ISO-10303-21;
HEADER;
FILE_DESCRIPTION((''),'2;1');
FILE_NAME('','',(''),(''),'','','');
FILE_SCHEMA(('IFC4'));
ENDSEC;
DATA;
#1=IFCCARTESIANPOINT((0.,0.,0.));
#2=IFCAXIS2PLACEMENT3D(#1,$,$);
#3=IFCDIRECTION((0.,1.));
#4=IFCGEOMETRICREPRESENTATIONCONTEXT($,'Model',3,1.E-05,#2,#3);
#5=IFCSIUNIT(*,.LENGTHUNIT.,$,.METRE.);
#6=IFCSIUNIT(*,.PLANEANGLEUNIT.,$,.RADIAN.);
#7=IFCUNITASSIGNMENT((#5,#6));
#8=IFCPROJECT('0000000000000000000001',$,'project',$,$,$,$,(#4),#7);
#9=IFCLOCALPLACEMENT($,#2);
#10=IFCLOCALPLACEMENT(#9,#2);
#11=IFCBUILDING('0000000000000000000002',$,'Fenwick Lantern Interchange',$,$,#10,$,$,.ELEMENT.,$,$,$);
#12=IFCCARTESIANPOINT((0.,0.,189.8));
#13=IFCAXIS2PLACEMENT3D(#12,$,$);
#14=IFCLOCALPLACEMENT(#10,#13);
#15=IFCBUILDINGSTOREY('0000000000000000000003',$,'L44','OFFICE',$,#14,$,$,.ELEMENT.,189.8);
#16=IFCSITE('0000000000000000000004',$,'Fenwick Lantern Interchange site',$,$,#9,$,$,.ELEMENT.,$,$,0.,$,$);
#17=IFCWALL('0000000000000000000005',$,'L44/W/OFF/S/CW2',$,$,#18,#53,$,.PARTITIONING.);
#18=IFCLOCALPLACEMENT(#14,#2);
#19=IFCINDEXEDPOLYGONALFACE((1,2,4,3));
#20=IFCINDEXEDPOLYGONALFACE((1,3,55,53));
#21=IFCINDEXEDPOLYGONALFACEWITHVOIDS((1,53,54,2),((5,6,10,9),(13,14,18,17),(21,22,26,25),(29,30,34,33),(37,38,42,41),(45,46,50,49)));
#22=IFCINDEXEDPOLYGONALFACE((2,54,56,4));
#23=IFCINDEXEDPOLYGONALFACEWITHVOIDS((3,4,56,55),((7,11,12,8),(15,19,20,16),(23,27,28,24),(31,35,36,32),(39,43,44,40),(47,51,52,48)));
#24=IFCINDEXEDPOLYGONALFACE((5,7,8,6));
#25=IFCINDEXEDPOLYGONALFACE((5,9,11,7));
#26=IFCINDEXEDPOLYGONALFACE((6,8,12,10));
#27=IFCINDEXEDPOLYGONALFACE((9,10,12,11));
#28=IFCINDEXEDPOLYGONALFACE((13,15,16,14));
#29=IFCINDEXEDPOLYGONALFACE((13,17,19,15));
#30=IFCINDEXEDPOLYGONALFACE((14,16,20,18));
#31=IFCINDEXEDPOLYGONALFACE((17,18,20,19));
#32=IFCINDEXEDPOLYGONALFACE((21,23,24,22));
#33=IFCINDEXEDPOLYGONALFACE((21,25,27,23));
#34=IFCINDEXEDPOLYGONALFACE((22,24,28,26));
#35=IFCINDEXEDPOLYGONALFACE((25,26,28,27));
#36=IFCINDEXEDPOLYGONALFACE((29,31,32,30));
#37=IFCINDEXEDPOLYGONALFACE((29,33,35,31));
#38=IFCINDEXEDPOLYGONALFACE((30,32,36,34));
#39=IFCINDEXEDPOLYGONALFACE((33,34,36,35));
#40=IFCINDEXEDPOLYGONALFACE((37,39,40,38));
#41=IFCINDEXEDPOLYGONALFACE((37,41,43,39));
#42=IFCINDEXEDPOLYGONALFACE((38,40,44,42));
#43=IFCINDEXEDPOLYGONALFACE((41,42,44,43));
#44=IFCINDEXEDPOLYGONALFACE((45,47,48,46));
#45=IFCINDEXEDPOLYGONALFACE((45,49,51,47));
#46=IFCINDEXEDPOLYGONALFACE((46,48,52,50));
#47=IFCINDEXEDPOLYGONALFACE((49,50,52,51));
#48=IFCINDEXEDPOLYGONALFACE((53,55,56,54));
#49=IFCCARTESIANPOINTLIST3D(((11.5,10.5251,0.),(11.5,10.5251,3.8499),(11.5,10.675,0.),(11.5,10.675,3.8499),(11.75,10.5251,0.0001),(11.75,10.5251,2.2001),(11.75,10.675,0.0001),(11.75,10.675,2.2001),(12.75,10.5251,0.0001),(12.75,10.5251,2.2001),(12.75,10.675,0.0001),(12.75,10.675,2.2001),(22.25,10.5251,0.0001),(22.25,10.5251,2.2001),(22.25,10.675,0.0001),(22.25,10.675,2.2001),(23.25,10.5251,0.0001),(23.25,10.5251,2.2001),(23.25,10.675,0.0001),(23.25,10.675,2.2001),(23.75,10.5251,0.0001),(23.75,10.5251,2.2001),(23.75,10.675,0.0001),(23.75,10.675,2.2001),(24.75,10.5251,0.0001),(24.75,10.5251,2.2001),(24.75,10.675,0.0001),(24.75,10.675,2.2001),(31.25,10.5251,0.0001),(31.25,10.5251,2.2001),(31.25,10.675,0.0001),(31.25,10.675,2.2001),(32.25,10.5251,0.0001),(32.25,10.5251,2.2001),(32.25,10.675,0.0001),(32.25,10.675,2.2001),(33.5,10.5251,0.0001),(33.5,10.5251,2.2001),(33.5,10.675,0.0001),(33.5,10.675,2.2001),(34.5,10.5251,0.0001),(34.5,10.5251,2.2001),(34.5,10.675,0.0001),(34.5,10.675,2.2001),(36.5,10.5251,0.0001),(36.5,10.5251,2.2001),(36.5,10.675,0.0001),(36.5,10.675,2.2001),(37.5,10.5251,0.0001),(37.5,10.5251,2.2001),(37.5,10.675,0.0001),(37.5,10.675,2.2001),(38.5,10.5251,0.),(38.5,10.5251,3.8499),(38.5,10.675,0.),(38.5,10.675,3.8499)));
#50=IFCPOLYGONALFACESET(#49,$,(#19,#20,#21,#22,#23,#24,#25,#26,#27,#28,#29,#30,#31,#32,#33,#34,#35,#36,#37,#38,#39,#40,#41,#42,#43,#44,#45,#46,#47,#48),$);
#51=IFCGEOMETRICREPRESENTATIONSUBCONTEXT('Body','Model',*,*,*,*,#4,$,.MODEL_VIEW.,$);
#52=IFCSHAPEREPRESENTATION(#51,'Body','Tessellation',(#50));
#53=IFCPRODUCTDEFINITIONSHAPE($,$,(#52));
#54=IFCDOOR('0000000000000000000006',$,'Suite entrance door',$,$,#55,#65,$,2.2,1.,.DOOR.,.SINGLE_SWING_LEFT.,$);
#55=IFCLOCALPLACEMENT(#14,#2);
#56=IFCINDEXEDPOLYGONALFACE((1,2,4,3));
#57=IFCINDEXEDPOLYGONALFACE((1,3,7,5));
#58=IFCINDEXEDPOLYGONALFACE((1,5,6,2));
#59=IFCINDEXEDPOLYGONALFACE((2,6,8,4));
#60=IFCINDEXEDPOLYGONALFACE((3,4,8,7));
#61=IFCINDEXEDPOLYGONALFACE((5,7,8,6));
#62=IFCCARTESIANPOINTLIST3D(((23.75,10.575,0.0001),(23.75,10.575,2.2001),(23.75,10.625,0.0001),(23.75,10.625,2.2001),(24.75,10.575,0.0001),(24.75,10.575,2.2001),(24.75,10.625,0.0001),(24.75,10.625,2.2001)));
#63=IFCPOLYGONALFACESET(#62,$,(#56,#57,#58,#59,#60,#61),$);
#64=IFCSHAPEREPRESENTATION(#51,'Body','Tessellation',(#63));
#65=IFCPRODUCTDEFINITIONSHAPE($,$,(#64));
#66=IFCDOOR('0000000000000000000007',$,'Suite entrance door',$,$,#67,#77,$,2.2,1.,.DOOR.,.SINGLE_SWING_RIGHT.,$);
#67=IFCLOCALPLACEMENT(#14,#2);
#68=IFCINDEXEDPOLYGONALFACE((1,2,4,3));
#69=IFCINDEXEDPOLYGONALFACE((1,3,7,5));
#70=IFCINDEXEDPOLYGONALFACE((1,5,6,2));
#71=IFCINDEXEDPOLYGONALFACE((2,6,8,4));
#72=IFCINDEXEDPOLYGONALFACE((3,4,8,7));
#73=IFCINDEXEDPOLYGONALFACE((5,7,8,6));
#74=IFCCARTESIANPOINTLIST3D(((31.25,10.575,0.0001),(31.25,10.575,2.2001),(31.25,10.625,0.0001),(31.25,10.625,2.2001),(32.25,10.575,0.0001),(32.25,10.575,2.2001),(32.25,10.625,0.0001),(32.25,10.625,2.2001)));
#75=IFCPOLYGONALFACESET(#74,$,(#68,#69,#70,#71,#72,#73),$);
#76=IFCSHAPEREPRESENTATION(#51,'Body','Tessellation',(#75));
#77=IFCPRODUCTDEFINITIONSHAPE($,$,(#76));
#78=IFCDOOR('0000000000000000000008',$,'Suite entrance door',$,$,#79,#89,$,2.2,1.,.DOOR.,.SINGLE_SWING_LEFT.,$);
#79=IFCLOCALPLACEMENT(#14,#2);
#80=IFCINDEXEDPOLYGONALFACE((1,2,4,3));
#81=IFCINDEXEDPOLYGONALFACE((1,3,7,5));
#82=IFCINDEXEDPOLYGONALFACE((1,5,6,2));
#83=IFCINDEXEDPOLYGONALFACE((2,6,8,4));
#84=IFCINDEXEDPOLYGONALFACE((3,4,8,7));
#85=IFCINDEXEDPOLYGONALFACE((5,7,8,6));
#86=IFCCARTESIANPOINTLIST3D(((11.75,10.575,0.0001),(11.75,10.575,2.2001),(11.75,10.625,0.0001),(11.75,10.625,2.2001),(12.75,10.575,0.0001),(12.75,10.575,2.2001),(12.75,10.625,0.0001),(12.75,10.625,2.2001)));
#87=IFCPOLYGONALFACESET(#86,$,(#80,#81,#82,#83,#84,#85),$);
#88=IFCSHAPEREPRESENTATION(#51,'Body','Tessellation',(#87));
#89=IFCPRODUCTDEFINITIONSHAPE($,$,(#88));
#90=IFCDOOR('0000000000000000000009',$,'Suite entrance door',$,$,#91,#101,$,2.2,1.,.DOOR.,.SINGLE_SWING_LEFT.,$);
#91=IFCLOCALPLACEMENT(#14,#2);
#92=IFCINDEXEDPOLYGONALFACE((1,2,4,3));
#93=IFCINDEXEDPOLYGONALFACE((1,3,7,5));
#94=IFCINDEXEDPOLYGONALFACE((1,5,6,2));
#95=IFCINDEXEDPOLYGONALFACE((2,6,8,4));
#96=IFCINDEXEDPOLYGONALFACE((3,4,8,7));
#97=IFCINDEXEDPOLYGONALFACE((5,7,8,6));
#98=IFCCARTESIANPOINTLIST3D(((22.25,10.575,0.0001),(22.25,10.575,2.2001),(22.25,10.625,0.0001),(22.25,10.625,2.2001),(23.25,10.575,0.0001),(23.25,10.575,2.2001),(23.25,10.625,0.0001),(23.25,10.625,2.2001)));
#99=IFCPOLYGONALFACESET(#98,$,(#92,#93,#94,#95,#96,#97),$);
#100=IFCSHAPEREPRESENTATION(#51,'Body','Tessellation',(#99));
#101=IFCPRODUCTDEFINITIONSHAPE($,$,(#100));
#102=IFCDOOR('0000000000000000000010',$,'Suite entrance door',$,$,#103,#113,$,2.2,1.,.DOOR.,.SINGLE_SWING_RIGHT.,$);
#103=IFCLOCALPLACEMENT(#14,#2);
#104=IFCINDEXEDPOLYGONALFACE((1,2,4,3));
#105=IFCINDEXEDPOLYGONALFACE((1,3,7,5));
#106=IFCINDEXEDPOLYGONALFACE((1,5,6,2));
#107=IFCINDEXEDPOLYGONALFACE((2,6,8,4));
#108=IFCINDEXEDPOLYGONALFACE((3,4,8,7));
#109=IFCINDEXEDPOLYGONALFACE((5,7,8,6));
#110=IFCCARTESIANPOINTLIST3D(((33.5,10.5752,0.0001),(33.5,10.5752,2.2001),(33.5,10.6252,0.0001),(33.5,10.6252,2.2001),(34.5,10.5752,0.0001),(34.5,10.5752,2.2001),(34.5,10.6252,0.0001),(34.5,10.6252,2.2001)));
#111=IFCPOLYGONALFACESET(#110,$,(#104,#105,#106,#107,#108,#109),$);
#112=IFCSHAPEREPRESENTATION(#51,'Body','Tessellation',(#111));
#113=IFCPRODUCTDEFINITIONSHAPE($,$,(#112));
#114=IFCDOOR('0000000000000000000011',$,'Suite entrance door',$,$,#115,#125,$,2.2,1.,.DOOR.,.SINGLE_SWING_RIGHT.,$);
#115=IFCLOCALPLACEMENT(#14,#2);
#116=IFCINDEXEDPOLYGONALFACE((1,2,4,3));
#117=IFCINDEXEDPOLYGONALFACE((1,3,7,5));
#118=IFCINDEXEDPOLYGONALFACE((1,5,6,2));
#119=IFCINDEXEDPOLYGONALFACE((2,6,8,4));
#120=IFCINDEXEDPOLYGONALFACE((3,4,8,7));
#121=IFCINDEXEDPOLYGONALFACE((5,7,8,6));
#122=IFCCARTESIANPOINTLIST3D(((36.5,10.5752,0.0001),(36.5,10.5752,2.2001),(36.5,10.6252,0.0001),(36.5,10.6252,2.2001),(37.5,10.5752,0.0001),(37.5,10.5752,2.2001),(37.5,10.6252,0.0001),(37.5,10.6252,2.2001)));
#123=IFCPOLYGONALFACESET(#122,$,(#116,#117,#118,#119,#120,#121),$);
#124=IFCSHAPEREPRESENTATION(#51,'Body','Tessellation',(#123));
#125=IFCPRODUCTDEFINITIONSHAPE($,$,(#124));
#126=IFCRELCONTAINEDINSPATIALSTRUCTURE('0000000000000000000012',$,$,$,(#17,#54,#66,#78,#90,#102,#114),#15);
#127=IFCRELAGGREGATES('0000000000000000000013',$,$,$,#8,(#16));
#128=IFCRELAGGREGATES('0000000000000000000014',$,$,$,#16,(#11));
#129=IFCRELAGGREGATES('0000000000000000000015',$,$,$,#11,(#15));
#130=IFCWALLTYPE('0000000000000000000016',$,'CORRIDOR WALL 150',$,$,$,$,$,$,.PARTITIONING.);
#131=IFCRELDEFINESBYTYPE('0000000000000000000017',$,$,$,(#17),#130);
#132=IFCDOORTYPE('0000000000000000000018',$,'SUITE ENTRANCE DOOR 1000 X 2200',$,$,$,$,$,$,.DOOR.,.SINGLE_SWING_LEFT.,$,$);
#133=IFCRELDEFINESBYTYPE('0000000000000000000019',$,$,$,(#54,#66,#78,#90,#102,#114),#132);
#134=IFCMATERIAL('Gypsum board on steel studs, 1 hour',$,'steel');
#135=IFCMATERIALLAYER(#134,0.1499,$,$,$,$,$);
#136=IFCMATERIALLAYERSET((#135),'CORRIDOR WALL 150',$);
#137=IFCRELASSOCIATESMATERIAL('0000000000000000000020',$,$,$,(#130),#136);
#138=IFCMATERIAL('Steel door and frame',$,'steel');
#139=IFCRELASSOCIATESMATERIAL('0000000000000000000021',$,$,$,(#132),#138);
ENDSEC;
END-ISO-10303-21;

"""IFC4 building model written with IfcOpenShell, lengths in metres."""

from ifc_helpers import new_model, si_unit, direction, frame, frame_2d, origin, place, context, subcontext, project, spatial, rectangle, extrude, material, layer, layer_set, type_object, element, fill, save


model = new_model("IFC4")

# Units and contexts
model_context = context("Model", 3, precision=1e-05, world=origin(), true_north=direction((0.0, 1.0)))
body_context = subcontext(model_context, "Body", "Model", "MODEL_VIEW")
ifc_project = project(units=[si_unit("LENGTHUNIT", "METRE"), si_unit("PLANEANGLEUNIT", "RADIAN")], contexts=[model_context])

# Site, building, storey
site_placement = place(None, origin())
site = spatial("IfcSite", under=ifc_project, at=site_placement, Name="Fenwick Lantern Interchange site", CompositionType="ELEMENT", RefElevation=0.0)
building_placement = place(site_placement, origin())
building = spatial("IfcBuilding", under=site, at=building_placement, Name="Fenwick Lantern Interchange", CompositionType="ELEMENT")
storey_placement = place(building_placement, frame((0.0, 0.0, 189.8)))
storey = spatial("IfcBuildingStorey", under=building, at=storey_placement, Name="L44", Description="OFFICE", CompositionType="ELEMENT", Elevation=189.8)

# Wall, openings, doors
ifc_material_1 = material(Name="Gypsum board on steel studs, 1 hour", Category="steel")
ifc_layer = layer(ifc_material_1, 0.1499)
ifc_layer_set = layer_set([ifc_layer], Name="CORRIDOR WALL 150")
wall_type = type_object("IfcWallType", Name="CORRIDOR WALL 150", PredefinedType="PARTITIONING", material=ifc_layer_set)
wall_placement = place(storey_placement, frame((11.5, 10.6001, 0.0), z_axis=(0.0, 0.0, 1.0), x_axis=(1.0, 0.0, 0.0)))
wall = element("IfcWall", 1, at=wall_placement, inside=storey, type_object=wall_type, Name="L44/W/OFF/S/CW2", PredefinedType="PARTITIONING", context=body_context, shape_type="SweptSolid", body=[
    extrude(rectangle(XDim=27.0, YDim=0.1499, at=frame_2d((13.5, 0.0))), origin(), (0.0, 0.0, 1.0), 3.8499),
])
opening_1_placement = place(wall_placement, frame((12.25, 0.0, 0.0)))
opening_1 = element("IfcOpeningElement", 2, at=opening_1_placement, cuts=wall, PredefinedType="OPENING", context=body_context, shape_type="SweptSolid", body=[
    extrude(rectangle(XDim=1.0, YDim=2.2, at=frame_2d((0.5, 1.1001))), frame((0.0, 0.085, 0.0), z_axis=(0.0, -1.0, 0.0), x_axis=(1.0, 0.0, 0.0)), (0.0, 0.0, 1.0), 0.1699),
])
opening_2_placement = place(wall_placement, frame((19.75, 0.0, 0.0)))
opening_2 = element("IfcOpeningElement", 3, at=opening_2_placement, cuts=wall, PredefinedType="OPENING", context=body_context, shape_type="SweptSolid", body=[
    extrude(rectangle(XDim=1.0, YDim=2.2, at=frame_2d((0.5, 1.1001))), frame((0.0, 0.085, 0.0), z_axis=(0.0, -1.0, 0.0), x_axis=(1.0, 0.0, 0.0)), (0.0, 0.0, 1.0), 0.1699),
])
opening_3_placement = place(wall_placement, frame((0.25, 0.0, 0.0)))
opening_3 = element("IfcOpeningElement", 4, at=opening_3_placement, cuts=wall, PredefinedType="OPENING", context=body_context, shape_type="SweptSolid", body=[
    extrude(rectangle(XDim=1.0, YDim=2.2, at=frame_2d((0.5, 1.1001))), frame((0.0, 0.085, 0.0), z_axis=(0.0, -1.0, 0.0), x_axis=(1.0, 0.0, 0.0)), (0.0, 0.0, 1.0), 0.1699),
])
opening_4_placement = place(wall_placement, frame((10.75, 0.0, 0.0)))
opening_4 = element("IfcOpeningElement", 5, at=opening_4_placement, cuts=wall, PredefinedType="OPENING", context=body_context, shape_type="SweptSolid", body=[
    extrude(rectangle(XDim=1.0, YDim=2.2, at=frame_2d((0.5, 1.1001))), frame((0.0, 0.085, 0.0), z_axis=(0.0, -1.0, 0.0), x_axis=(1.0, 0.0, 0.0)), (0.0, 0.0, 1.0), 0.1699),
])
opening_5_placement = place(wall_placement, frame((22.0, 0.0, 0.0)))
opening_5 = element("IfcOpeningElement", 6, at=opening_5_placement, cuts=wall, PredefinedType="OPENING", context=body_context, shape_type="SweptSolid", body=[
    extrude(rectangle(XDim=1.0, YDim=2.2, at=frame_2d((0.5, 1.1001))), frame((0.0, 0.085, 0.0), z_axis=(0.0, -1.0, 0.0), x_axis=(1.0, 0.0, 0.0)), (0.0, 0.0, 1.0), 0.1699),
])
opening_6_placement = place(wall_placement, frame((25.0, 0.0, 0.0)))
opening_6 = element("IfcOpeningElement", 7, at=opening_6_placement, cuts=wall, PredefinedType="OPENING", context=body_context, shape_type="SweptSolid", body=[
    extrude(rectangle(XDim=1.0, YDim=2.2, at=frame_2d((0.5, 1.1001))), frame((0.0, 0.085, 0.0), z_axis=(0.0, -1.0, 0.0), x_axis=(1.0, 0.0, 0.0)), (0.0, 0.0, 1.0), 0.1699),
])
ifc_material_2 = material(Name="Steel door and frame", Category="steel")
door_type = type_object("IfcDoorType", Name="SUITE ENTRANCE DOOR 1000 X 2200", OperationType="SINGLE_SWING_LEFT", PredefinedType="DOOR", material=ifc_material_2)
door_1_placement = place(opening_1_placement, origin())
door_1 = element("IfcDoor", 8, at=door_1_placement, inside=storey, type_object=door_type, Name="Suite entrance door", OperationType="SINGLE_SWING_LEFT", OverallHeight=2.2, OverallWidth=1.0, PredefinedType="DOOR", context=body_context, shape_type="SweptSolid", body=[
    extrude(rectangle(XDim=1.0, YDim=2.2, at=frame_2d((0.5, 1.1001))), frame((0.0, 0.0249, 0.0), z_axis=(0.0, -1.0, 0.0), x_axis=(1.0, 0.0, 0.0)), (0.0, 0.0, 1.0), 0.05),
])
fill(opening_1, door_1)
door_2_placement = place(opening_2_placement, origin())
door_2 = element("IfcDoor", 9, at=door_2_placement, inside=storey, type_object=door_type, Name="Suite entrance door", OperationType="SINGLE_SWING_RIGHT", OverallHeight=2.2, OverallWidth=1.0, PredefinedType="DOOR", context=body_context, shape_type="SweptSolid", body=[
    extrude(rectangle(XDim=1.0, YDim=2.2, at=frame_2d((0.5, 1.1001))), frame((0.0, 0.0249, 0.0), z_axis=(0.0, -1.0, 0.0), x_axis=(1.0, 0.0, 0.0)), (0.0, 0.0, 1.0), 0.05),
])
fill(opening_2, door_2)
door_3_placement = place(opening_3_placement, origin())
door_3 = element("IfcDoor", 10, at=door_3_placement, inside=storey, type_object=door_type, Name="Suite entrance door", OperationType="SINGLE_SWING_LEFT", OverallHeight=2.2, OverallWidth=1.0, PredefinedType="DOOR", context=body_context, shape_type="SweptSolid", body=[
    extrude(rectangle(XDim=1.0, YDim=2.2, at=frame_2d((0.5, 1.1001))), frame((0.0, 0.0249, 0.0), z_axis=(0.0, -1.0, 0.0), x_axis=(1.0, 0.0, 0.0)), (0.0, 0.0, 1.0), 0.05),
])
fill(opening_3, door_3)
door_4_placement = place(opening_4_placement, origin())
door_4 = element("IfcDoor", 11, at=door_4_placement, inside=storey, type_object=door_type, Name="Suite entrance door", OperationType="SINGLE_SWING_LEFT", OverallHeight=2.2, OverallWidth=1.0, PredefinedType="DOOR", context=body_context, shape_type="SweptSolid", body=[
    extrude(rectangle(XDim=1.0, YDim=2.2, at=frame_2d((0.5, 1.1001))), frame((0.0, 0.0249, 0.0), z_axis=(0.0, -1.0, 0.0), x_axis=(1.0, 0.0, 0.0)), (0.0, 0.0, 1.0), 0.05),
])
fill(opening_4, door_4)
door_5_placement = place(opening_5_placement, frame((1.0, 0.0, 0.0), z_axis=(0.0, 0.0, 1.0), x_axis=(-1.0, 0.0, 0.0)))
door_5 = element("IfcDoor", 12, at=door_5_placement, inside=storey, type_object=door_type, Name="Suite entrance door", OperationType="SINGLE_SWING_RIGHT", OverallHeight=2.2, OverallWidth=1.0, PredefinedType="DOOR", context=body_context, shape_type="SweptSolid", body=[
    extrude(rectangle(XDim=1.0, YDim=2.2, at=frame_2d((0.5, 1.1001))), frame((0.0, 0.0249, 0.0), z_axis=(0.0, -1.0, 0.0), x_axis=(1.0, 0.0, 0.0)), (0.0, 0.0, 1.0), 0.05),
])
fill(opening_5, door_5)
door_6_placement = place(opening_6_placement, frame((1.0, 0.0, 0.0), z_axis=(0.0, 0.0, 1.0), x_axis=(-1.0, 0.0, 0.0)))
door_6 = element("IfcDoor", 13, at=door_6_placement, inside=storey, type_object=door_type, Name="Suite entrance door", OperationType="SINGLE_SWING_RIGHT", OverallHeight=2.2, OverallWidth=1.0, PredefinedType="DOOR", context=body_context, shape_type="SweptSolid", body=[
    extrude(rectangle(XDim=1.0, YDim=2.2, at=frame_2d((0.5, 1.1001))), frame((0.0, 0.0249, 0.0), z_axis=(0.0, -1.0, 0.0), x_axis=(1.0, 0.0, 0.0)), (0.0, 0.0, 1.0), 0.05),
])
fill(opening_6, door_6)

save(model, "model.ifc")
